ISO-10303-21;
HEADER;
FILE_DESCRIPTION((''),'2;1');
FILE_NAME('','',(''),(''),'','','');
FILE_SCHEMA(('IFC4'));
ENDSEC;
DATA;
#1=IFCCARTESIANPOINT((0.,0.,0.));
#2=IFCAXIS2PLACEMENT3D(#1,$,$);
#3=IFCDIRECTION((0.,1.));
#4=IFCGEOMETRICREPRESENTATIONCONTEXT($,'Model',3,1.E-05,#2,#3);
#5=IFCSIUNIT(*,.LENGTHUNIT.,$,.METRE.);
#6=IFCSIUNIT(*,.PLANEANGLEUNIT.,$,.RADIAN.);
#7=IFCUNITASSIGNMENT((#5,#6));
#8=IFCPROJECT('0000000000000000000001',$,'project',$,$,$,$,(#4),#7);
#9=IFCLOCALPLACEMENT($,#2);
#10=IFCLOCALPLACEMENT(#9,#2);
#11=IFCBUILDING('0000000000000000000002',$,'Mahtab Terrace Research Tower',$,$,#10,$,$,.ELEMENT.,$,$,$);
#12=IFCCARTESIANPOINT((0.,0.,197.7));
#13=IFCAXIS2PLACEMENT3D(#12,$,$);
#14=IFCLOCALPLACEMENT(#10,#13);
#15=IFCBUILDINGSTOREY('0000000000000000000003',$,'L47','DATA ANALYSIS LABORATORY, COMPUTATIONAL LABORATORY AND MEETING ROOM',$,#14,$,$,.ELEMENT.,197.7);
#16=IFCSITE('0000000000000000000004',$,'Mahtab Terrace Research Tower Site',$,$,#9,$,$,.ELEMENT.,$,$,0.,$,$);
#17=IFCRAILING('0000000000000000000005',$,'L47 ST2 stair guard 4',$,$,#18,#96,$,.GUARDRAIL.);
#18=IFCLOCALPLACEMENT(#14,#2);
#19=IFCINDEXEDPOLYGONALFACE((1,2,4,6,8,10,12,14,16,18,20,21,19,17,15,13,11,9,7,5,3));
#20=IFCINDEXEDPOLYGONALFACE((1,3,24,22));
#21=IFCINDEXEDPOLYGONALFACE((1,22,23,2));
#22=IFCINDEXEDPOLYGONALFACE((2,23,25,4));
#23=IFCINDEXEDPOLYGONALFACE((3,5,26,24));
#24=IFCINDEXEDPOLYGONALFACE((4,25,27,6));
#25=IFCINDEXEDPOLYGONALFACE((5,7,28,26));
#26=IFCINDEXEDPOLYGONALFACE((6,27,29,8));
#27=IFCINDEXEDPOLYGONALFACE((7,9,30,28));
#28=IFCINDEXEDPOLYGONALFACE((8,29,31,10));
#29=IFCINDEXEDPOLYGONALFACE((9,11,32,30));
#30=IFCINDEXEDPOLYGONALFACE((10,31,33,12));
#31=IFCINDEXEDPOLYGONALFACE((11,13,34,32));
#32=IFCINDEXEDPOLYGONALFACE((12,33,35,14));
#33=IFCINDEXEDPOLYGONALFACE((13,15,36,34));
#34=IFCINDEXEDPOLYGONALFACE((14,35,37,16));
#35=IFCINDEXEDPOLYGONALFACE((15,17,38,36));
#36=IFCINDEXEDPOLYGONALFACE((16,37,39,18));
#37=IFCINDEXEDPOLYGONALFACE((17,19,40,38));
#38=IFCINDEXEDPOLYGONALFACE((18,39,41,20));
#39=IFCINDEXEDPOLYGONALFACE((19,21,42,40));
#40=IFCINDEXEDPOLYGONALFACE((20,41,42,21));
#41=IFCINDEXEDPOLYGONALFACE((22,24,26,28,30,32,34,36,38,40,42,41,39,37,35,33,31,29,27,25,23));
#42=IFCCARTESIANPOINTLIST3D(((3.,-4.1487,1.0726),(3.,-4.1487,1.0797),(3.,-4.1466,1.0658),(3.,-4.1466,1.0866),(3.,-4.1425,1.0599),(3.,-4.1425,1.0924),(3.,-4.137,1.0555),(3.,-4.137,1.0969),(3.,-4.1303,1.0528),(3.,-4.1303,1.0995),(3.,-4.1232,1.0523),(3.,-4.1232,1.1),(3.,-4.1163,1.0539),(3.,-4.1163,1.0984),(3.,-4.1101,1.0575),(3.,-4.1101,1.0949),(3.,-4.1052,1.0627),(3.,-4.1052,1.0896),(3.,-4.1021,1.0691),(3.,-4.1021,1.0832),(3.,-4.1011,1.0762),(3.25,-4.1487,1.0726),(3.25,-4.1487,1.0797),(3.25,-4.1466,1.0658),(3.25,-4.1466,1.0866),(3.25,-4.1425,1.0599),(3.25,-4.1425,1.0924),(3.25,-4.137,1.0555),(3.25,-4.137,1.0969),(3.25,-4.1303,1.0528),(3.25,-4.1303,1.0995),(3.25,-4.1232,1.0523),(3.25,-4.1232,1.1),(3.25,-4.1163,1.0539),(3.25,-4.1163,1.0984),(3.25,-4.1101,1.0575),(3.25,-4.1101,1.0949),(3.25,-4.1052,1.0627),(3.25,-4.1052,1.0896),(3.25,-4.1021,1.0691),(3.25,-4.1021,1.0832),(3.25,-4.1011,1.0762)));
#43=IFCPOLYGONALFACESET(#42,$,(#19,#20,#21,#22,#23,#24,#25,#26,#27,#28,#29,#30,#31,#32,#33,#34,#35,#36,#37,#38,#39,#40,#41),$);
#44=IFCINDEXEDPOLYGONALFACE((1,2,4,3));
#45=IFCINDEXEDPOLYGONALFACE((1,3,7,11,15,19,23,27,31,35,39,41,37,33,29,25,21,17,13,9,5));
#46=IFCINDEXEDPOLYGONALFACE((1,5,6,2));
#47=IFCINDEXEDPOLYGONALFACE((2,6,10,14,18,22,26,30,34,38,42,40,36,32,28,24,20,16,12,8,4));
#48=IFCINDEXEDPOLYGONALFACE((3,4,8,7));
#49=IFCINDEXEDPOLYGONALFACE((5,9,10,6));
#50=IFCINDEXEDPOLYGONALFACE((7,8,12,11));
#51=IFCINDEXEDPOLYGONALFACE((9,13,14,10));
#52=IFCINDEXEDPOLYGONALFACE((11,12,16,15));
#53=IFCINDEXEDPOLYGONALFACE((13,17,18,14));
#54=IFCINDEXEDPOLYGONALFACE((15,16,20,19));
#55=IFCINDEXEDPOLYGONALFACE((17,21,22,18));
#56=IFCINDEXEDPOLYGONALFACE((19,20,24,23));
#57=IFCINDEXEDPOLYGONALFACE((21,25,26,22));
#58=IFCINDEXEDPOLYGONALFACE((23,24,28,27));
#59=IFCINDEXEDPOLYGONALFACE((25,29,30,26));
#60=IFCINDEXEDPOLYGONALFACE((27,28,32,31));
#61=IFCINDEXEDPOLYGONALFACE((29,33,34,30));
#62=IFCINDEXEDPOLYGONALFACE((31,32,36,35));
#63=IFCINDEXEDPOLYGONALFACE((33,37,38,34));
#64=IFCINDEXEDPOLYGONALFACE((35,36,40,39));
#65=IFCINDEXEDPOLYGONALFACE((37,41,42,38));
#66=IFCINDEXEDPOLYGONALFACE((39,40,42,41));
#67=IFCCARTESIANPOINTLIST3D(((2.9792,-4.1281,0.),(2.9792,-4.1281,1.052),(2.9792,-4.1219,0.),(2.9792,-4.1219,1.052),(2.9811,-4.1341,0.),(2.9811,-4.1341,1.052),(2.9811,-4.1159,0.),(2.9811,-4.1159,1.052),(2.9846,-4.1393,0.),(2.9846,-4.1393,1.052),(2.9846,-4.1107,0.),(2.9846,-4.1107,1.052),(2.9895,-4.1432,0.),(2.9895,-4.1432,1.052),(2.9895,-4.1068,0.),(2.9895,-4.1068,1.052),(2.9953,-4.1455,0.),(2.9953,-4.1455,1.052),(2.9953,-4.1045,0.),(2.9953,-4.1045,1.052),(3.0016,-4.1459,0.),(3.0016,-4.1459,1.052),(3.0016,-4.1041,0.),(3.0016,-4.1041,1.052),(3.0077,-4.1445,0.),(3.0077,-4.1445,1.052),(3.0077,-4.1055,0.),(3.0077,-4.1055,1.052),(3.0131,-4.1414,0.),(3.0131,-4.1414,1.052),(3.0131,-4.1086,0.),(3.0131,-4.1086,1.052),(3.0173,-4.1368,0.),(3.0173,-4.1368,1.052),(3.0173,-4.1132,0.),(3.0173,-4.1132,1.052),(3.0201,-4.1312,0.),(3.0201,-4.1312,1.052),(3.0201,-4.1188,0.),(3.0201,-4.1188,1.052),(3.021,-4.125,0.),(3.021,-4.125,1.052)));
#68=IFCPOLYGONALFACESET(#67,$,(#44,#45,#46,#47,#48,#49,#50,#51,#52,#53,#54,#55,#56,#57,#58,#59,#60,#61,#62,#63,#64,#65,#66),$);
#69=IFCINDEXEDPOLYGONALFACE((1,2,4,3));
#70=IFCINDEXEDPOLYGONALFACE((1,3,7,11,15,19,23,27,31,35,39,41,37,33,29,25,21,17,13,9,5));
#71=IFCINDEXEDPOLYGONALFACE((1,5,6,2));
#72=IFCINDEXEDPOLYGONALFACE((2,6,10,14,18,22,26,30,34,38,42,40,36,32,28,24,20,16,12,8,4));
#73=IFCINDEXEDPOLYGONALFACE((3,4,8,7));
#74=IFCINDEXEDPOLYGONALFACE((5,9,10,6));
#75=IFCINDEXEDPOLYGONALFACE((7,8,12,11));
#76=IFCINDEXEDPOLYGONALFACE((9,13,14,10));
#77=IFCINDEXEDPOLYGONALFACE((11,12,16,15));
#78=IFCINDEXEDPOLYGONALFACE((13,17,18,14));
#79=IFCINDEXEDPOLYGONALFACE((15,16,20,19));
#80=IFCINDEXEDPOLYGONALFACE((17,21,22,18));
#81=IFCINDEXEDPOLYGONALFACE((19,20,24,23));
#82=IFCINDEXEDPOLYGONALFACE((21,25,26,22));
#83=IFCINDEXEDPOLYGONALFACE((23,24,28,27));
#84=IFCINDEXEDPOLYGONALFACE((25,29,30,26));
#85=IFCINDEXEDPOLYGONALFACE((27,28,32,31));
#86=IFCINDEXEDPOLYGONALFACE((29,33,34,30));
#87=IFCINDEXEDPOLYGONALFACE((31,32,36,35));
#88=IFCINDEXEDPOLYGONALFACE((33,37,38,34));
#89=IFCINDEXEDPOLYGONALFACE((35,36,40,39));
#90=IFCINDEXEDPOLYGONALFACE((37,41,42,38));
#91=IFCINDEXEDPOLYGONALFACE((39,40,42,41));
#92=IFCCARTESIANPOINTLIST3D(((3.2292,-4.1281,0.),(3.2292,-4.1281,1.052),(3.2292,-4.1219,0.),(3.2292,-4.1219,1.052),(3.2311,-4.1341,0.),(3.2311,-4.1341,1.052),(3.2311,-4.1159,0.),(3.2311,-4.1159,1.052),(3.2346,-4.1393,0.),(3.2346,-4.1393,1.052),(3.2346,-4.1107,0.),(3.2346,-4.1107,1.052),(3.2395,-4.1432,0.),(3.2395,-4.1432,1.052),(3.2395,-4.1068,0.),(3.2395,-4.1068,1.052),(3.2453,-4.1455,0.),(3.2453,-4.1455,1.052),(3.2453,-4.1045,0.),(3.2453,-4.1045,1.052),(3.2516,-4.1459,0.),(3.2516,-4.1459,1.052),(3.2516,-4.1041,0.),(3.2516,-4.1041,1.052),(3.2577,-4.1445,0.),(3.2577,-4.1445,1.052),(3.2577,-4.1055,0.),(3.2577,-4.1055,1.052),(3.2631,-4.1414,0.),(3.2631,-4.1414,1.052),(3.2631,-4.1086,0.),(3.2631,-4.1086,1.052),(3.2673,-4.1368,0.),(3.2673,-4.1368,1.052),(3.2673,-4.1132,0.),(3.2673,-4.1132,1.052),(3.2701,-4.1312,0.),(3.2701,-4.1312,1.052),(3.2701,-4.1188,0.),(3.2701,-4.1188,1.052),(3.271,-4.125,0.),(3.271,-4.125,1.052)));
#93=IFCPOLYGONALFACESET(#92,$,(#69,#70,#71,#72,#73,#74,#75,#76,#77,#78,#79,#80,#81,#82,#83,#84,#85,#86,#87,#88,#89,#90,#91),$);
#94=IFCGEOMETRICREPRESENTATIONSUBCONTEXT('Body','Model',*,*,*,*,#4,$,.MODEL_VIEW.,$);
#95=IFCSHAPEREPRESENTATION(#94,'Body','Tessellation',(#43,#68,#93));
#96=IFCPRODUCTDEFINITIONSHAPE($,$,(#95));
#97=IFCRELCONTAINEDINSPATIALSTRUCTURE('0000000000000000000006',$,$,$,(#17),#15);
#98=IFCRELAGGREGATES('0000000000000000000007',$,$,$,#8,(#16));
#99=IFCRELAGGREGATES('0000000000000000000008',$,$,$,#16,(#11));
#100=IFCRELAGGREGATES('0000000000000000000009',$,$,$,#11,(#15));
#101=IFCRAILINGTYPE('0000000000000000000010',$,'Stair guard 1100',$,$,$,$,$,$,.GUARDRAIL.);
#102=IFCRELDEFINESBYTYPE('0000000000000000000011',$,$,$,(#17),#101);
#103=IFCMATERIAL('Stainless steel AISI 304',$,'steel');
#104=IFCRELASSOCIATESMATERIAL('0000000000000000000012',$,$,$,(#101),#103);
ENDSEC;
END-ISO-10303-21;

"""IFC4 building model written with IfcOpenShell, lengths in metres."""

from ifc_helpers import new_model, si_unit, direction, frame, origin, origin_2d, place, context, subcontext, project, spatial, circle, extrude, material, type_object, element, save


model = new_model("IFC4")

# Units and contexts
model_context = context("Model", 3, precision=1e-05, world=origin(), true_north=direction((0.0, 1.0)))
body_context = subcontext(model_context, "Body", "Model", "MODEL_VIEW")
ifc_project = project(units=[si_unit("LENGTHUNIT", "METRE"), si_unit("PLANEANGLEUNIT", "RADIAN")], contexts=[model_context])

# Site, building, storey
site_placement = place(None, origin())
site = spatial("IfcSite", under=ifc_project, at=site_placement, Name="Mahtab Terrace Research Tower Site", CompositionType="ELEMENT", RefElevation=0.0)
building_placement = place(site_placement, origin())
building = spatial("IfcBuilding", under=site, at=building_placement, Name="Mahtab Terrace Research Tower", CompositionType="ELEMENT")
storey_placement = place(building_placement, frame((0.0, 0.0, 197.7)))
storey = spatial("IfcBuildingStorey", under=building, at=storey_placement, Name="L47", Description="DATA ANALYSIS LABORATORY, COMPUTATIONAL LABORATORY AND MEETING ROOM", CompositionType="ELEMENT", Elevation=197.7)

# Railing
ifc_material_1 = material(Name="Stainless steel AISI 304", Category="steel")
railing_type_1 = type_object("IfcRailingType", Name="Stair guard 1100", PredefinedType="GUARDRAIL", material=ifc_material_1)
railing_1_placement = place(storey_placement, frame((3.0, -4.125, 0.0)))
element("IfcRailing", 1, at=railing_1_placement, inside=storey, type_object=railing_type_1, Name="L47 ST2 stair guard 4", PredefinedType="GUARDRAIL", context=body_context, shape_type="SweptSolid", body=[
    extrude(circle(Radius=0.0239, at=origin_2d()), frame((0.0, 0.0, 1.0762), z_axis=(1.0, 0.0, 0.0), x_axis=(0.0, 1.0, 0.0)), (0.0, 0.0, 1.0), 0.25),
    extrude(circle(Radius=0.021, at=origin_2d()), origin(), (0.0, 0.0, 1.0), 1.052),
    extrude(circle(Radius=0.021, at=origin_2d()), frame((0.25, 0.0, 0.0)), (0.0, 0.0, 1.0), 1.052),
])

save(model, "model.ifc")
